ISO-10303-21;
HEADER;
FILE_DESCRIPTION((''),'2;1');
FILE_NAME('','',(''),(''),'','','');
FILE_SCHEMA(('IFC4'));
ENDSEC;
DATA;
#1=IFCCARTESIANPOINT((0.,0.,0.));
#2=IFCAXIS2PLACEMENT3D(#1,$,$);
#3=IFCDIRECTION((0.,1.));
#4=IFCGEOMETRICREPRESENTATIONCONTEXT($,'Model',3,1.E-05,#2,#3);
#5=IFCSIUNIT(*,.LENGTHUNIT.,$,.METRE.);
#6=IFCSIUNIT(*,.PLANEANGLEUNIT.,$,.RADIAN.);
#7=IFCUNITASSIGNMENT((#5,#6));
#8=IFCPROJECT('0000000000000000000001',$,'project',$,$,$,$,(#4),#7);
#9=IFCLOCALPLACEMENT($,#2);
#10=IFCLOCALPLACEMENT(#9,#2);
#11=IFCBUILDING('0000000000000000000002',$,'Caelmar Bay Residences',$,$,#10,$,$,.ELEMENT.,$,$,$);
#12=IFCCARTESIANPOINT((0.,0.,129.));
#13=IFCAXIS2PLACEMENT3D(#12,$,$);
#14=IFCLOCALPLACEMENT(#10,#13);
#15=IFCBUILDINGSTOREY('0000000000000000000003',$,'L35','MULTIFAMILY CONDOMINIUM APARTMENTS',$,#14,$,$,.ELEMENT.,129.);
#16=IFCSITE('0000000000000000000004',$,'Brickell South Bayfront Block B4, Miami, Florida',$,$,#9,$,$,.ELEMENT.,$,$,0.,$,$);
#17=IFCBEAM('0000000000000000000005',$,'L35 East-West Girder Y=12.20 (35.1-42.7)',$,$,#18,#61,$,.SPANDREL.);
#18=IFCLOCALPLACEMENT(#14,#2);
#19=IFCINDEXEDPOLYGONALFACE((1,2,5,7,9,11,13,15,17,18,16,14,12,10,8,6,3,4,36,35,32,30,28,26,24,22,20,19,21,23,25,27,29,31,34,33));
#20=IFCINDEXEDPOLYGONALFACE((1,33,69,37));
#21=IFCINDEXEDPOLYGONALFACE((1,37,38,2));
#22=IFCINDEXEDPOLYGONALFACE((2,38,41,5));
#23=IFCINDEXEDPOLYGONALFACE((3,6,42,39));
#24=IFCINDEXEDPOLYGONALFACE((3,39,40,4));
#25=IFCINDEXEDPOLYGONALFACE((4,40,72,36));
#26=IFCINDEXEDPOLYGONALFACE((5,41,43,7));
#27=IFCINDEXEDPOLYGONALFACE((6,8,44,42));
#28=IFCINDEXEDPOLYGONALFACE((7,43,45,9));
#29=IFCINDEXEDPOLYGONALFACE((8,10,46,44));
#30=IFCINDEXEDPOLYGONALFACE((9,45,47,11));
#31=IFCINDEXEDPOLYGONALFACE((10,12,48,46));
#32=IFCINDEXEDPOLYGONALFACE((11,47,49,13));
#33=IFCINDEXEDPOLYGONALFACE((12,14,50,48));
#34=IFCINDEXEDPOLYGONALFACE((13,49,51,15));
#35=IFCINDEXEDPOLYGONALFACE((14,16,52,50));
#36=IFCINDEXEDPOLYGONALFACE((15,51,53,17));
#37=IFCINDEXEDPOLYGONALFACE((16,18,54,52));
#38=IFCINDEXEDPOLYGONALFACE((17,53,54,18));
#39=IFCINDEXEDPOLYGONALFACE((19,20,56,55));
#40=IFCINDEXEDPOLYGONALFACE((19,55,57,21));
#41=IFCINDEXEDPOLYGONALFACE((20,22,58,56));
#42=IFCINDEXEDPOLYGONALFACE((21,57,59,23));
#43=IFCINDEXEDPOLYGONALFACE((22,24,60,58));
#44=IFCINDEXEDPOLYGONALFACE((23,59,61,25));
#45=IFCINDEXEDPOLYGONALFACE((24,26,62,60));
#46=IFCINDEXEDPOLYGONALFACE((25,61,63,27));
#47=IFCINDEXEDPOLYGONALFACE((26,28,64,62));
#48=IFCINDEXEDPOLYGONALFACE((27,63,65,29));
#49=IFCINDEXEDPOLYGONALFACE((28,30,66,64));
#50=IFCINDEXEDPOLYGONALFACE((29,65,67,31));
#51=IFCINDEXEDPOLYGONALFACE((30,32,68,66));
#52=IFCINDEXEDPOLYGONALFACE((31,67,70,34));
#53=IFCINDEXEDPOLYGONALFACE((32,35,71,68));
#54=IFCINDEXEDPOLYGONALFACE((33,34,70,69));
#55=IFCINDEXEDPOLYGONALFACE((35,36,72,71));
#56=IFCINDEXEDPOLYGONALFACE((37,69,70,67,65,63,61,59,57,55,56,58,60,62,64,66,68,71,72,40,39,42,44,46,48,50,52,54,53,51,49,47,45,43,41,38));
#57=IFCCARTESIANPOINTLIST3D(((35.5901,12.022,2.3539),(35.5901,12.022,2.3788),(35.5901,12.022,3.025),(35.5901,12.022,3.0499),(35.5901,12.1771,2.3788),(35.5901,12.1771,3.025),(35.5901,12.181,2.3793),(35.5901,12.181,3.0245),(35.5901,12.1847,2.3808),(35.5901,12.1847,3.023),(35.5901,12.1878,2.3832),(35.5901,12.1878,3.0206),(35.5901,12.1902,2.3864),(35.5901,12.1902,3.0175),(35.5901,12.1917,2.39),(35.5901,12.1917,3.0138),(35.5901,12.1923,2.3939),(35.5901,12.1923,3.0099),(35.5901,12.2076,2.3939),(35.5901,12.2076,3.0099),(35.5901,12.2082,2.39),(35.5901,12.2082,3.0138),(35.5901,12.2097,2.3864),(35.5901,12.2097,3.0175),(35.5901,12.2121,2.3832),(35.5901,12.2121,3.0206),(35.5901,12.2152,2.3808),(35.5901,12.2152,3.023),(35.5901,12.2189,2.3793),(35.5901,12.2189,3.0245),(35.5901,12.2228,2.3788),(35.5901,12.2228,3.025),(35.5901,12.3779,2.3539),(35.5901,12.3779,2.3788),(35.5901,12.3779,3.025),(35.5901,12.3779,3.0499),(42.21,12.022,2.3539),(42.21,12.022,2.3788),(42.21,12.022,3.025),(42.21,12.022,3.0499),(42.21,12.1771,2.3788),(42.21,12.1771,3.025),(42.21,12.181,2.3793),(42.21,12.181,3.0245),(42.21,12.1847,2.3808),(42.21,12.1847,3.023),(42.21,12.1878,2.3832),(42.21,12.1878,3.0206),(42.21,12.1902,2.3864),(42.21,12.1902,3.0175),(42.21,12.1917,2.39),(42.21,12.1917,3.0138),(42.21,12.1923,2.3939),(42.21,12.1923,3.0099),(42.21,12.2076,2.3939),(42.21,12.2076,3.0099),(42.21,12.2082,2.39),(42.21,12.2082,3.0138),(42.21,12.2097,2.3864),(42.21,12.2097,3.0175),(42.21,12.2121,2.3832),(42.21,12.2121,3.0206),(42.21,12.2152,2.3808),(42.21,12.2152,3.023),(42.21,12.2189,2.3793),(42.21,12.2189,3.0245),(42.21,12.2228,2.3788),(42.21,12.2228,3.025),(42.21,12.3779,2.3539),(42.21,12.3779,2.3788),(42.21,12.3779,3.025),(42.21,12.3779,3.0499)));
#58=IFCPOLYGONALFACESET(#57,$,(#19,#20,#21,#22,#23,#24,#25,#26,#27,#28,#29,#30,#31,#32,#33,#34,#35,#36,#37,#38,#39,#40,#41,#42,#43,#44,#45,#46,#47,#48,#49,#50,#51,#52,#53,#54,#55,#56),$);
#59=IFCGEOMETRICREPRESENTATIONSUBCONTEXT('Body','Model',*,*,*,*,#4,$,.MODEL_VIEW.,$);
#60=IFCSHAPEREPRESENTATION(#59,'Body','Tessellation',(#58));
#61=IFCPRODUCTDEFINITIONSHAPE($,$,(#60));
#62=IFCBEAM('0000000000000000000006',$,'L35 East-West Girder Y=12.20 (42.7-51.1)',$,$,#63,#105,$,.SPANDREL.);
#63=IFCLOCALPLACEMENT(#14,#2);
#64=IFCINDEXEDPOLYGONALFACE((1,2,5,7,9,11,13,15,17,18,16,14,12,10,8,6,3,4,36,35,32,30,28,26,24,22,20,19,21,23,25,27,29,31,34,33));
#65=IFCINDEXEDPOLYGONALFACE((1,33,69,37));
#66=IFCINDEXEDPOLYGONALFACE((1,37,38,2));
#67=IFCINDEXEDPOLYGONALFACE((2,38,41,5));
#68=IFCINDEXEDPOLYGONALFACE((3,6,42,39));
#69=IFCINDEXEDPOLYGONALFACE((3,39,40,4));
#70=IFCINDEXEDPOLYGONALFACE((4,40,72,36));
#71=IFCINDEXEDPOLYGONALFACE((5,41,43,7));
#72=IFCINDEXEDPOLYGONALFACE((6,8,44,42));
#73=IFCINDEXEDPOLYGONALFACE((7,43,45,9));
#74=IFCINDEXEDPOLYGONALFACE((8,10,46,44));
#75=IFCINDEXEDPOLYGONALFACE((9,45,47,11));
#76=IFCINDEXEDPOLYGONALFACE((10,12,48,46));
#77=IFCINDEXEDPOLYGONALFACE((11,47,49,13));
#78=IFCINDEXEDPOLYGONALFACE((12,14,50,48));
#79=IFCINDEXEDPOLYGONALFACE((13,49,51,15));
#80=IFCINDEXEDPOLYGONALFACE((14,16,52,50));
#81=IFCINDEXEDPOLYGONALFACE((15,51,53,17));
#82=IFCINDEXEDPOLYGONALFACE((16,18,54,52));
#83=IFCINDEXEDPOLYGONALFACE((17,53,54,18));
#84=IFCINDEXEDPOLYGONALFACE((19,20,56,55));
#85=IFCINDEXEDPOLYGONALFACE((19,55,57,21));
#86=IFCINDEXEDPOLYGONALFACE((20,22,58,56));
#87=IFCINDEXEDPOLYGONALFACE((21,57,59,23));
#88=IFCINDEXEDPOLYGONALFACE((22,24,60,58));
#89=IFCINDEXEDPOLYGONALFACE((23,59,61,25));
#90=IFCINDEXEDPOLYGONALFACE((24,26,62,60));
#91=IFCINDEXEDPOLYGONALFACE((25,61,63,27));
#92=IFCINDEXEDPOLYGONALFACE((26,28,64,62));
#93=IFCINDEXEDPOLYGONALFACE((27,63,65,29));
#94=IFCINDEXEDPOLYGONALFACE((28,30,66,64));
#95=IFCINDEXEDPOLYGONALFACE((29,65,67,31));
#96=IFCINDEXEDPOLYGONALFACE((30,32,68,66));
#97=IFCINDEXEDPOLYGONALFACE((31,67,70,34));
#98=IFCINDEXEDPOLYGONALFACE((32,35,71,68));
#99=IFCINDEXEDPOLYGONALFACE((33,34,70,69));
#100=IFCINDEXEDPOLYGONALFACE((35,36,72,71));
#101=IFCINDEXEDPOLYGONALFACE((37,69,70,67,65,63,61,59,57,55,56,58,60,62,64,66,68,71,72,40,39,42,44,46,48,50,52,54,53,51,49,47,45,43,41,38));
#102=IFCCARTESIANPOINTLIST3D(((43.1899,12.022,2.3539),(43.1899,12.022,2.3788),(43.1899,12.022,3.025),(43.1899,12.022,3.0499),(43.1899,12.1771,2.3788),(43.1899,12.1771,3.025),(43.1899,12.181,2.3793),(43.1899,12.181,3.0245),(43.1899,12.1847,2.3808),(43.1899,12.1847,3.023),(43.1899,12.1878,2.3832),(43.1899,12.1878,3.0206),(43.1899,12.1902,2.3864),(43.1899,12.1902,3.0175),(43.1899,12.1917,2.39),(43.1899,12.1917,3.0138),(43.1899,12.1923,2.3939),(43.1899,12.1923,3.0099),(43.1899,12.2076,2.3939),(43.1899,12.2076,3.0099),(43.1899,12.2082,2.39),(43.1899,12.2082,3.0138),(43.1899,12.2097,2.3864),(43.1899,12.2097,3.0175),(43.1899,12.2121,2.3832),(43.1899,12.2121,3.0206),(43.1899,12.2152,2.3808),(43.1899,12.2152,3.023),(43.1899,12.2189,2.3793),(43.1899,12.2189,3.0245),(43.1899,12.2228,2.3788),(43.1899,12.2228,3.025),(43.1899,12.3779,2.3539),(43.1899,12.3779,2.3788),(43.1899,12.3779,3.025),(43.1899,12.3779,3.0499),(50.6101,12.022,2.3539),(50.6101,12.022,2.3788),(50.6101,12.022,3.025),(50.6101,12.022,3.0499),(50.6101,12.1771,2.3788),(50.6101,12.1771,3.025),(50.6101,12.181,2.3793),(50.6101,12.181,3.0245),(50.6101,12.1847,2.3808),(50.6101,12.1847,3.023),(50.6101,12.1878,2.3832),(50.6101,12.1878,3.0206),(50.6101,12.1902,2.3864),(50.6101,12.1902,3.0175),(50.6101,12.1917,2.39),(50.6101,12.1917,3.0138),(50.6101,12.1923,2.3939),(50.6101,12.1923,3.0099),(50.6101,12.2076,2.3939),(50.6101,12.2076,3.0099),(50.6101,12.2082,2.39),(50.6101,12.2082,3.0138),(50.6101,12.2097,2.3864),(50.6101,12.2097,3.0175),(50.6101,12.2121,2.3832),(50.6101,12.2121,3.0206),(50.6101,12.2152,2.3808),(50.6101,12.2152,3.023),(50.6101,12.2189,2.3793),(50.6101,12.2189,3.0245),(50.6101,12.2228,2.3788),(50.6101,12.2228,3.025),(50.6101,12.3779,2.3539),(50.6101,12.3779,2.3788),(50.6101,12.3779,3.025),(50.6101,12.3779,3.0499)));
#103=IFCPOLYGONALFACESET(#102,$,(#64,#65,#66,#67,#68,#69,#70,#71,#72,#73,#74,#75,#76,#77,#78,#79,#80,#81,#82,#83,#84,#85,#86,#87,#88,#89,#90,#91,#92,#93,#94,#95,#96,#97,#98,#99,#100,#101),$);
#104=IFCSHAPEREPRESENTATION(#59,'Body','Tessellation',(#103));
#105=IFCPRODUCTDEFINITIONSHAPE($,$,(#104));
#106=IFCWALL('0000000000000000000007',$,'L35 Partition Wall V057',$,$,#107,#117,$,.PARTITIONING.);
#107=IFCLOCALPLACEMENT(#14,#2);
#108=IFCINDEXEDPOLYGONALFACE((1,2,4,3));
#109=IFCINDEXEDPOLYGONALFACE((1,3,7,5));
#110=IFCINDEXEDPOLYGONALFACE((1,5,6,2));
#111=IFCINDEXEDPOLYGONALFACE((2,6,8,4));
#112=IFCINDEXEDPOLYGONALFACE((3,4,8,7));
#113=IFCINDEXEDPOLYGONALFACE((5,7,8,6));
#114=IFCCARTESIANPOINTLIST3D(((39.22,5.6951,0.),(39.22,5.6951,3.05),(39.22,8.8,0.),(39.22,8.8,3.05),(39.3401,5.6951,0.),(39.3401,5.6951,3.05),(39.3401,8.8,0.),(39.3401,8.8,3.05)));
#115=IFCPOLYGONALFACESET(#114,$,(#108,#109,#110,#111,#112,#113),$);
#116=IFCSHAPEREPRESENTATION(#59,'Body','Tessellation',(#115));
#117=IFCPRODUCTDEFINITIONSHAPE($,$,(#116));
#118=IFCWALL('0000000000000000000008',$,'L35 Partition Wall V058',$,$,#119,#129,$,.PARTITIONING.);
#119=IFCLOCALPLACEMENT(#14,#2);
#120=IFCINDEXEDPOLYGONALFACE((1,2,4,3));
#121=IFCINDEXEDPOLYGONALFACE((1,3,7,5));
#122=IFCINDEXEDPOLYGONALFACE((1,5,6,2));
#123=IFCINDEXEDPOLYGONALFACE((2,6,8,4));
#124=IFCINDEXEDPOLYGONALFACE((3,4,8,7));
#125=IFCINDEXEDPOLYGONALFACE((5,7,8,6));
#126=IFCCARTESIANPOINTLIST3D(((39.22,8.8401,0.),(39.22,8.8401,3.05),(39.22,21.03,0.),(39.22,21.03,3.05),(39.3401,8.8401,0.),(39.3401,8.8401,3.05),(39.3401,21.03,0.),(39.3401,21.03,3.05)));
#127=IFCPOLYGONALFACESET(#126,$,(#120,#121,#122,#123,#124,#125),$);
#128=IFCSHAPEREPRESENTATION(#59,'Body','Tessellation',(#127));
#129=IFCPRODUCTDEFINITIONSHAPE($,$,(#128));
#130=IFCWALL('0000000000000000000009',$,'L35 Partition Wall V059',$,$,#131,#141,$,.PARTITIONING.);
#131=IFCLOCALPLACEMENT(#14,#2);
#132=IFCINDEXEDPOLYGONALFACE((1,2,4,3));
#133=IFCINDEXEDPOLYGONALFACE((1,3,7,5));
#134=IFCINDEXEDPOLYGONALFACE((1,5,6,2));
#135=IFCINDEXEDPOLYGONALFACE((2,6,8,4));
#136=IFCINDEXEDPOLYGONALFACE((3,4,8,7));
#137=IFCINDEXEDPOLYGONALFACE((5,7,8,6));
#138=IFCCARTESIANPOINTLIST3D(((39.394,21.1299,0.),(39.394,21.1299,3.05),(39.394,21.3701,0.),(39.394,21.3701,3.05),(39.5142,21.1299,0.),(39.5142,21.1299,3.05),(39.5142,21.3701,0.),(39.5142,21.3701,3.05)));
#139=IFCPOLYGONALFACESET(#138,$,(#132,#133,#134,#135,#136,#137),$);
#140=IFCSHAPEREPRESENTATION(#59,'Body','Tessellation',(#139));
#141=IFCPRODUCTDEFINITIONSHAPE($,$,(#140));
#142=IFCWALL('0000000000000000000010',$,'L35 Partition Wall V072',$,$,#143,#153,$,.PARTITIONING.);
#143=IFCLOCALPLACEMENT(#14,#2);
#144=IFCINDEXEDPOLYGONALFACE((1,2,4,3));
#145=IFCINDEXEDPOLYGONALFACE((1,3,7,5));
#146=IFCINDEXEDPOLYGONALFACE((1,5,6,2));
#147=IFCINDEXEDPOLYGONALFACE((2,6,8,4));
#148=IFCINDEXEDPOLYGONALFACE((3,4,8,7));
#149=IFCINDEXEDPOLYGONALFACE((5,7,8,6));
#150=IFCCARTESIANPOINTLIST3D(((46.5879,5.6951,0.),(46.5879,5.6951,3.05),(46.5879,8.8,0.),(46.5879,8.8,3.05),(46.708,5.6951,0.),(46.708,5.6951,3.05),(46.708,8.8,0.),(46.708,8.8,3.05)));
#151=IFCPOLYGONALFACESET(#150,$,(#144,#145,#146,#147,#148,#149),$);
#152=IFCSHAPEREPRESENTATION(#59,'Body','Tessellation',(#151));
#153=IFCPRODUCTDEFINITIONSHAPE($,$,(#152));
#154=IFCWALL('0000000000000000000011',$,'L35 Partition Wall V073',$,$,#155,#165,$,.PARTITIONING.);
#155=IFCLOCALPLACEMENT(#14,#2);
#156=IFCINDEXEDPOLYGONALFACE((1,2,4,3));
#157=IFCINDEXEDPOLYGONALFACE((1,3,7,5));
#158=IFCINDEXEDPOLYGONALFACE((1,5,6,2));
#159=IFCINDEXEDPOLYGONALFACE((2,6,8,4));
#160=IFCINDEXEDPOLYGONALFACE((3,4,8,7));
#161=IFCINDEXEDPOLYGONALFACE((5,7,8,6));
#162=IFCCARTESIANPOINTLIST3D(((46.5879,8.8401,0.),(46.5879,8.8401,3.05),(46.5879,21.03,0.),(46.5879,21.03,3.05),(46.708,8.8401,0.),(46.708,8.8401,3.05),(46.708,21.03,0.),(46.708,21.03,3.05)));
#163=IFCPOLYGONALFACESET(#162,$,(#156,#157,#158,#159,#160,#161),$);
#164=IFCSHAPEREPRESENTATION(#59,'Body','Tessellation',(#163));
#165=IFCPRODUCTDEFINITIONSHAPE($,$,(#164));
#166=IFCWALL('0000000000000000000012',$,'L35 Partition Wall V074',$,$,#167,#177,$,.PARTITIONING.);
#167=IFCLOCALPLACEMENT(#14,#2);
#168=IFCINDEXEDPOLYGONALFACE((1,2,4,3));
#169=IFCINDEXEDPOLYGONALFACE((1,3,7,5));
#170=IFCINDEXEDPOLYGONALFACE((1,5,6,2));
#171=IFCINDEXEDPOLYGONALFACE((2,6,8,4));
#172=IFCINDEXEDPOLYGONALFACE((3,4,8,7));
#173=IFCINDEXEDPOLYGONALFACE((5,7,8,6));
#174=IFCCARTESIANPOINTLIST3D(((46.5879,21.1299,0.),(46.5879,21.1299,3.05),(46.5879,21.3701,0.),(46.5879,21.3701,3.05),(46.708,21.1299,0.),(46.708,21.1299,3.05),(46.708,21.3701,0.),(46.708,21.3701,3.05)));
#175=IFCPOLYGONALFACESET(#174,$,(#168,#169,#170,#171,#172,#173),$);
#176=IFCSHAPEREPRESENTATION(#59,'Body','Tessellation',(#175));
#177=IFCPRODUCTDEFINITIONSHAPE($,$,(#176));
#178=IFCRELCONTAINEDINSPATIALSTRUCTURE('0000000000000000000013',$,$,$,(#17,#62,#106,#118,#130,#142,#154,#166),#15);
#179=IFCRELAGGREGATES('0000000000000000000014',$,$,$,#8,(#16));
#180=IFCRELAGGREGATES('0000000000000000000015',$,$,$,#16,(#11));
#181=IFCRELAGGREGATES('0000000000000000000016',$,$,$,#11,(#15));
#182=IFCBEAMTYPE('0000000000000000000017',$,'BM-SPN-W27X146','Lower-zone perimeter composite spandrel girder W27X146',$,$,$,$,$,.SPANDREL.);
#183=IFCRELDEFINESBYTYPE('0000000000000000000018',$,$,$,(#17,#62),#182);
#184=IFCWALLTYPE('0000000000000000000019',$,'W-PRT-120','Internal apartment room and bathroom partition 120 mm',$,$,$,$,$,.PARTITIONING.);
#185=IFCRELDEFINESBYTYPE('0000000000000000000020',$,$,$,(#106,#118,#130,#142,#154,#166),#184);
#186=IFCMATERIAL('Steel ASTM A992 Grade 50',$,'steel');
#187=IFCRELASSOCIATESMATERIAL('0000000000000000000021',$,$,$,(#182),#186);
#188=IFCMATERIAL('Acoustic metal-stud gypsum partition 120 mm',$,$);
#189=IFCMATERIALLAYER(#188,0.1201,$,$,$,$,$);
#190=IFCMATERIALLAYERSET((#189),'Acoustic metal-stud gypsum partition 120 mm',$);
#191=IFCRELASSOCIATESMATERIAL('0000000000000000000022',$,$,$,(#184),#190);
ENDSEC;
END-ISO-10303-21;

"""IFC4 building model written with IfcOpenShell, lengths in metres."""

from ifc_helpers import new_model, si_unit, direction, frame, frame_2d, origin, origin_2d, place, context, subcontext, project, spatial, rectangle, i_section, extrude, material, layer, layer_set, material_profile, profile_set, type_object, element, save


model = new_model("IFC4")

# Units and contexts
model_context = context("Model", 3, precision=1e-05, world=origin(), true_north=direction((0.0, 1.0)))
body_context = subcontext(model_context, "Body", "Model", "MODEL_VIEW")
ifc_project = project(units=[si_unit("LENGTHUNIT", "METRE"), si_unit("PLANEANGLEUNIT", "RADIAN")], contexts=[model_context])

# Site, building, storey
site_placement = place(None, origin())
site = spatial("IfcSite", under=ifc_project, at=site_placement, Name="Brickell South Bayfront Block B4, Miami, Florida", CompositionType="ELEMENT", RefElevation=0.0)
building_placement = place(site_placement, origin())
building = spatial("IfcBuilding", under=site, at=building_placement, Name="Caelmar Bay Residences", CompositionType="ELEMENT")
storey_placement = place(building_placement, frame((0.0, 0.0, 129.0)))
storey = spatial("IfcBuildingStorey", under=building, at=storey_placement, Name="L35", Description="MULTIFAMILY CONDOMINIUM APARTMENTS", CompositionType="ELEMENT", Elevation=129.0)

# Beams
ifc_material_1 = material(Name="Steel ASTM A992 Grade 50", Category="steel")
ifc_material_profile_1 = material_profile(ifc_material_1, i_section(OverallWidth=0.356, OverallDepth=0.696, WebThickness=0.0154, FlangeThickness=0.0249, FilletRadius=0.0151, at=origin_2d()), Name="W27X146")
ifc_profile_set_1 = profile_set([ifc_material_profile_1], Name="Steel ASTM A992 Grade 50")
beam_type_1 = type_object("IfcBeamType", Name="BM-SPN-W27X146", Description="Lower-zone perimeter composite spandrel girder W27X146", PredefinedType="SPANDREL", material=ifc_profile_set_1)
beam_1_placement = place(storey_placement, frame((35.5901, 12.2, 2.7019), z_axis=(1.0, 0.0, 0.0), x_axis=(0.0, 1.0, 0.0)))
element("IfcBeam", 1, at=beam_1_placement, inside=storey, type_object=beam_type_1, Name="L35 East-West Girder Y=12.20 (35.1-42.7)", PredefinedType="SPANDREL", context=body_context, shape_type="SweptSolid", body=[
    extrude(i_section(OverallWidth=0.356, OverallDepth=0.696, WebThickness=0.0154, FlangeThickness=0.0249, FilletRadius=0.0151, at=origin_2d()), origin(), (0.0, 0.0, 1.0), 6.6199),
])
beam_2_placement = place(storey_placement, frame((43.1899, 12.2, 2.7019), z_axis=(1.0, 0.0, 0.0), x_axis=(0.0, 1.0, 0.0)))
element("IfcBeam", 2, at=beam_2_placement, inside=storey, type_object=beam_type_1, Name="L35 East-West Girder Y=12.20 (42.7-51.1)", PredefinedType="SPANDREL", context=body_context, shape_type="SweptSolid", body=[
    extrude(i_section(OverallWidth=0.356, OverallDepth=0.696, WebThickness=0.0154, FlangeThickness=0.0249, FilletRadius=0.0151, at=origin_2d()), origin(), (0.0, 0.0, 1.0), 7.4202),
])

# Walls
ifc_material_2 = material(Name="Acoustic metal-stud gypsum partition 120 mm")
ifc_layer_1 = layer(ifc_material_2, 0.1201)
ifc_layer_set_1 = layer_set([ifc_layer_1], Name="Acoustic metal-stud gypsum partition 120 mm")
wall_type_1 = type_object("IfcWallType", Name="W-PRT-120", Description="Internal apartment room and bathroom partition 120 mm", PredefinedType="PARTITIONING", material=ifc_layer_set_1)
wall_1_placement = place(storey_placement, frame((39.28, 5.6951, 0.0), z_axis=(0.0, 0.0, 1.0), x_axis=(0.0, 1.0, 0.0)))
element("IfcWall", 3, at=wall_1_placement, inside=storey, type_object=wall_type_1, Name="L35 Partition Wall V057", PredefinedType="PARTITIONING", context=body_context, shape_type="SweptSolid", body=[
    extrude(rectangle(XDim=3.105, YDim=0.1201, at=frame_2d((1.5525, 0.0))), origin(), (0.0, 0.0, 1.0), 3.05),
])
wall_2_placement = place(storey_placement, frame((39.28, 8.8401, 0.0), z_axis=(0.0, 0.0, 1.0), x_axis=(0.0, 1.0, 0.0)))
element("IfcWall", 4, at=wall_2_placement, inside=storey, type_object=wall_type_1, Name="L35 Partition Wall V058", PredefinedType="PARTITIONING", context=body_context, shape_type="SweptSolid", body=[
    extrude(rectangle(XDim=12.1899, YDim=0.1201, at=frame_2d((6.095, 0.0))), origin(), (0.0, 0.0, 1.0), 3.05),
])
wall_3_placement = place(storey_placement, frame((39.4541, 21.1299, 0.0), z_axis=(0.0, 0.0, 1.0), x_axis=(0.0, 1.0, 0.0)))
element("IfcWall", 5, at=wall_3_placement, inside=storey, type_object=wall_type_1, Name="L35 Partition Wall V059", PredefinedType="PARTITIONING", context=body_context, shape_type="SweptSolid", body=[
    extrude(rectangle(XDim=0.2402, YDim=0.1201, at=frame_2d((0.1201, 0.0))), origin(), (0.0, 0.0, 1.0), 3.05),
])
wall_4_placement = place(storey_placement, frame((46.6479, 5.6951, 0.0), z_axis=(0.0, 0.0, 1.0), x_axis=(0.0, 1.0, 0.0)))
element("IfcWall", 6, at=wall_4_placement, inside=storey, type_object=wall_type_1, Name="L35 Partition Wall V072", PredefinedType="PARTITIONING", context=body_context, shape_type="SweptSolid", body=[
    extrude(rectangle(XDim=3.105, YDim=0.1201, at=frame_2d((1.5525, 0.0))), origin(), (0.0, 0.0, 1.0), 3.05),
])
wall_5_placement = place(storey_placement, frame((46.6479, 8.8401, 0.0), z_axis=(0.0, 0.0, 1.0), x_axis=(0.0, 1.0, 0.0)))
element("IfcWall", 7, at=wall_5_placement, inside=storey, type_object=wall_type_1, Name="L35 Partition Wall V073", PredefinedType="PARTITIONING", context=body_context, shape_type="SweptSolid", body=[
    extrude(rectangle(XDim=12.1899, YDim=0.1201, at=frame_2d((6.095, 0.0))), origin(), (0.0, 0.0, 1.0), 3.05),
])
wall_6_placement = place(storey_placement, frame((46.6479, 21.1299, 0.0), z_axis=(0.0, 0.0, 1.0), x_axis=(0.0, 1.0, 0.0)))
element("IfcWall", 8, at=wall_6_placement, inside=storey, type_object=wall_type_1, Name="L35 Partition Wall V074", PredefinedType="PARTITIONING", context=body_context, shape_type="SweptSolid", body=[
    extrude(rectangle(XDim=0.2402, YDim=0.1201, at=frame_2d((0.1201, 0.0))), origin(), (0.0, 0.0, 1.0), 3.05),
])

save(model, "model.ifc")
